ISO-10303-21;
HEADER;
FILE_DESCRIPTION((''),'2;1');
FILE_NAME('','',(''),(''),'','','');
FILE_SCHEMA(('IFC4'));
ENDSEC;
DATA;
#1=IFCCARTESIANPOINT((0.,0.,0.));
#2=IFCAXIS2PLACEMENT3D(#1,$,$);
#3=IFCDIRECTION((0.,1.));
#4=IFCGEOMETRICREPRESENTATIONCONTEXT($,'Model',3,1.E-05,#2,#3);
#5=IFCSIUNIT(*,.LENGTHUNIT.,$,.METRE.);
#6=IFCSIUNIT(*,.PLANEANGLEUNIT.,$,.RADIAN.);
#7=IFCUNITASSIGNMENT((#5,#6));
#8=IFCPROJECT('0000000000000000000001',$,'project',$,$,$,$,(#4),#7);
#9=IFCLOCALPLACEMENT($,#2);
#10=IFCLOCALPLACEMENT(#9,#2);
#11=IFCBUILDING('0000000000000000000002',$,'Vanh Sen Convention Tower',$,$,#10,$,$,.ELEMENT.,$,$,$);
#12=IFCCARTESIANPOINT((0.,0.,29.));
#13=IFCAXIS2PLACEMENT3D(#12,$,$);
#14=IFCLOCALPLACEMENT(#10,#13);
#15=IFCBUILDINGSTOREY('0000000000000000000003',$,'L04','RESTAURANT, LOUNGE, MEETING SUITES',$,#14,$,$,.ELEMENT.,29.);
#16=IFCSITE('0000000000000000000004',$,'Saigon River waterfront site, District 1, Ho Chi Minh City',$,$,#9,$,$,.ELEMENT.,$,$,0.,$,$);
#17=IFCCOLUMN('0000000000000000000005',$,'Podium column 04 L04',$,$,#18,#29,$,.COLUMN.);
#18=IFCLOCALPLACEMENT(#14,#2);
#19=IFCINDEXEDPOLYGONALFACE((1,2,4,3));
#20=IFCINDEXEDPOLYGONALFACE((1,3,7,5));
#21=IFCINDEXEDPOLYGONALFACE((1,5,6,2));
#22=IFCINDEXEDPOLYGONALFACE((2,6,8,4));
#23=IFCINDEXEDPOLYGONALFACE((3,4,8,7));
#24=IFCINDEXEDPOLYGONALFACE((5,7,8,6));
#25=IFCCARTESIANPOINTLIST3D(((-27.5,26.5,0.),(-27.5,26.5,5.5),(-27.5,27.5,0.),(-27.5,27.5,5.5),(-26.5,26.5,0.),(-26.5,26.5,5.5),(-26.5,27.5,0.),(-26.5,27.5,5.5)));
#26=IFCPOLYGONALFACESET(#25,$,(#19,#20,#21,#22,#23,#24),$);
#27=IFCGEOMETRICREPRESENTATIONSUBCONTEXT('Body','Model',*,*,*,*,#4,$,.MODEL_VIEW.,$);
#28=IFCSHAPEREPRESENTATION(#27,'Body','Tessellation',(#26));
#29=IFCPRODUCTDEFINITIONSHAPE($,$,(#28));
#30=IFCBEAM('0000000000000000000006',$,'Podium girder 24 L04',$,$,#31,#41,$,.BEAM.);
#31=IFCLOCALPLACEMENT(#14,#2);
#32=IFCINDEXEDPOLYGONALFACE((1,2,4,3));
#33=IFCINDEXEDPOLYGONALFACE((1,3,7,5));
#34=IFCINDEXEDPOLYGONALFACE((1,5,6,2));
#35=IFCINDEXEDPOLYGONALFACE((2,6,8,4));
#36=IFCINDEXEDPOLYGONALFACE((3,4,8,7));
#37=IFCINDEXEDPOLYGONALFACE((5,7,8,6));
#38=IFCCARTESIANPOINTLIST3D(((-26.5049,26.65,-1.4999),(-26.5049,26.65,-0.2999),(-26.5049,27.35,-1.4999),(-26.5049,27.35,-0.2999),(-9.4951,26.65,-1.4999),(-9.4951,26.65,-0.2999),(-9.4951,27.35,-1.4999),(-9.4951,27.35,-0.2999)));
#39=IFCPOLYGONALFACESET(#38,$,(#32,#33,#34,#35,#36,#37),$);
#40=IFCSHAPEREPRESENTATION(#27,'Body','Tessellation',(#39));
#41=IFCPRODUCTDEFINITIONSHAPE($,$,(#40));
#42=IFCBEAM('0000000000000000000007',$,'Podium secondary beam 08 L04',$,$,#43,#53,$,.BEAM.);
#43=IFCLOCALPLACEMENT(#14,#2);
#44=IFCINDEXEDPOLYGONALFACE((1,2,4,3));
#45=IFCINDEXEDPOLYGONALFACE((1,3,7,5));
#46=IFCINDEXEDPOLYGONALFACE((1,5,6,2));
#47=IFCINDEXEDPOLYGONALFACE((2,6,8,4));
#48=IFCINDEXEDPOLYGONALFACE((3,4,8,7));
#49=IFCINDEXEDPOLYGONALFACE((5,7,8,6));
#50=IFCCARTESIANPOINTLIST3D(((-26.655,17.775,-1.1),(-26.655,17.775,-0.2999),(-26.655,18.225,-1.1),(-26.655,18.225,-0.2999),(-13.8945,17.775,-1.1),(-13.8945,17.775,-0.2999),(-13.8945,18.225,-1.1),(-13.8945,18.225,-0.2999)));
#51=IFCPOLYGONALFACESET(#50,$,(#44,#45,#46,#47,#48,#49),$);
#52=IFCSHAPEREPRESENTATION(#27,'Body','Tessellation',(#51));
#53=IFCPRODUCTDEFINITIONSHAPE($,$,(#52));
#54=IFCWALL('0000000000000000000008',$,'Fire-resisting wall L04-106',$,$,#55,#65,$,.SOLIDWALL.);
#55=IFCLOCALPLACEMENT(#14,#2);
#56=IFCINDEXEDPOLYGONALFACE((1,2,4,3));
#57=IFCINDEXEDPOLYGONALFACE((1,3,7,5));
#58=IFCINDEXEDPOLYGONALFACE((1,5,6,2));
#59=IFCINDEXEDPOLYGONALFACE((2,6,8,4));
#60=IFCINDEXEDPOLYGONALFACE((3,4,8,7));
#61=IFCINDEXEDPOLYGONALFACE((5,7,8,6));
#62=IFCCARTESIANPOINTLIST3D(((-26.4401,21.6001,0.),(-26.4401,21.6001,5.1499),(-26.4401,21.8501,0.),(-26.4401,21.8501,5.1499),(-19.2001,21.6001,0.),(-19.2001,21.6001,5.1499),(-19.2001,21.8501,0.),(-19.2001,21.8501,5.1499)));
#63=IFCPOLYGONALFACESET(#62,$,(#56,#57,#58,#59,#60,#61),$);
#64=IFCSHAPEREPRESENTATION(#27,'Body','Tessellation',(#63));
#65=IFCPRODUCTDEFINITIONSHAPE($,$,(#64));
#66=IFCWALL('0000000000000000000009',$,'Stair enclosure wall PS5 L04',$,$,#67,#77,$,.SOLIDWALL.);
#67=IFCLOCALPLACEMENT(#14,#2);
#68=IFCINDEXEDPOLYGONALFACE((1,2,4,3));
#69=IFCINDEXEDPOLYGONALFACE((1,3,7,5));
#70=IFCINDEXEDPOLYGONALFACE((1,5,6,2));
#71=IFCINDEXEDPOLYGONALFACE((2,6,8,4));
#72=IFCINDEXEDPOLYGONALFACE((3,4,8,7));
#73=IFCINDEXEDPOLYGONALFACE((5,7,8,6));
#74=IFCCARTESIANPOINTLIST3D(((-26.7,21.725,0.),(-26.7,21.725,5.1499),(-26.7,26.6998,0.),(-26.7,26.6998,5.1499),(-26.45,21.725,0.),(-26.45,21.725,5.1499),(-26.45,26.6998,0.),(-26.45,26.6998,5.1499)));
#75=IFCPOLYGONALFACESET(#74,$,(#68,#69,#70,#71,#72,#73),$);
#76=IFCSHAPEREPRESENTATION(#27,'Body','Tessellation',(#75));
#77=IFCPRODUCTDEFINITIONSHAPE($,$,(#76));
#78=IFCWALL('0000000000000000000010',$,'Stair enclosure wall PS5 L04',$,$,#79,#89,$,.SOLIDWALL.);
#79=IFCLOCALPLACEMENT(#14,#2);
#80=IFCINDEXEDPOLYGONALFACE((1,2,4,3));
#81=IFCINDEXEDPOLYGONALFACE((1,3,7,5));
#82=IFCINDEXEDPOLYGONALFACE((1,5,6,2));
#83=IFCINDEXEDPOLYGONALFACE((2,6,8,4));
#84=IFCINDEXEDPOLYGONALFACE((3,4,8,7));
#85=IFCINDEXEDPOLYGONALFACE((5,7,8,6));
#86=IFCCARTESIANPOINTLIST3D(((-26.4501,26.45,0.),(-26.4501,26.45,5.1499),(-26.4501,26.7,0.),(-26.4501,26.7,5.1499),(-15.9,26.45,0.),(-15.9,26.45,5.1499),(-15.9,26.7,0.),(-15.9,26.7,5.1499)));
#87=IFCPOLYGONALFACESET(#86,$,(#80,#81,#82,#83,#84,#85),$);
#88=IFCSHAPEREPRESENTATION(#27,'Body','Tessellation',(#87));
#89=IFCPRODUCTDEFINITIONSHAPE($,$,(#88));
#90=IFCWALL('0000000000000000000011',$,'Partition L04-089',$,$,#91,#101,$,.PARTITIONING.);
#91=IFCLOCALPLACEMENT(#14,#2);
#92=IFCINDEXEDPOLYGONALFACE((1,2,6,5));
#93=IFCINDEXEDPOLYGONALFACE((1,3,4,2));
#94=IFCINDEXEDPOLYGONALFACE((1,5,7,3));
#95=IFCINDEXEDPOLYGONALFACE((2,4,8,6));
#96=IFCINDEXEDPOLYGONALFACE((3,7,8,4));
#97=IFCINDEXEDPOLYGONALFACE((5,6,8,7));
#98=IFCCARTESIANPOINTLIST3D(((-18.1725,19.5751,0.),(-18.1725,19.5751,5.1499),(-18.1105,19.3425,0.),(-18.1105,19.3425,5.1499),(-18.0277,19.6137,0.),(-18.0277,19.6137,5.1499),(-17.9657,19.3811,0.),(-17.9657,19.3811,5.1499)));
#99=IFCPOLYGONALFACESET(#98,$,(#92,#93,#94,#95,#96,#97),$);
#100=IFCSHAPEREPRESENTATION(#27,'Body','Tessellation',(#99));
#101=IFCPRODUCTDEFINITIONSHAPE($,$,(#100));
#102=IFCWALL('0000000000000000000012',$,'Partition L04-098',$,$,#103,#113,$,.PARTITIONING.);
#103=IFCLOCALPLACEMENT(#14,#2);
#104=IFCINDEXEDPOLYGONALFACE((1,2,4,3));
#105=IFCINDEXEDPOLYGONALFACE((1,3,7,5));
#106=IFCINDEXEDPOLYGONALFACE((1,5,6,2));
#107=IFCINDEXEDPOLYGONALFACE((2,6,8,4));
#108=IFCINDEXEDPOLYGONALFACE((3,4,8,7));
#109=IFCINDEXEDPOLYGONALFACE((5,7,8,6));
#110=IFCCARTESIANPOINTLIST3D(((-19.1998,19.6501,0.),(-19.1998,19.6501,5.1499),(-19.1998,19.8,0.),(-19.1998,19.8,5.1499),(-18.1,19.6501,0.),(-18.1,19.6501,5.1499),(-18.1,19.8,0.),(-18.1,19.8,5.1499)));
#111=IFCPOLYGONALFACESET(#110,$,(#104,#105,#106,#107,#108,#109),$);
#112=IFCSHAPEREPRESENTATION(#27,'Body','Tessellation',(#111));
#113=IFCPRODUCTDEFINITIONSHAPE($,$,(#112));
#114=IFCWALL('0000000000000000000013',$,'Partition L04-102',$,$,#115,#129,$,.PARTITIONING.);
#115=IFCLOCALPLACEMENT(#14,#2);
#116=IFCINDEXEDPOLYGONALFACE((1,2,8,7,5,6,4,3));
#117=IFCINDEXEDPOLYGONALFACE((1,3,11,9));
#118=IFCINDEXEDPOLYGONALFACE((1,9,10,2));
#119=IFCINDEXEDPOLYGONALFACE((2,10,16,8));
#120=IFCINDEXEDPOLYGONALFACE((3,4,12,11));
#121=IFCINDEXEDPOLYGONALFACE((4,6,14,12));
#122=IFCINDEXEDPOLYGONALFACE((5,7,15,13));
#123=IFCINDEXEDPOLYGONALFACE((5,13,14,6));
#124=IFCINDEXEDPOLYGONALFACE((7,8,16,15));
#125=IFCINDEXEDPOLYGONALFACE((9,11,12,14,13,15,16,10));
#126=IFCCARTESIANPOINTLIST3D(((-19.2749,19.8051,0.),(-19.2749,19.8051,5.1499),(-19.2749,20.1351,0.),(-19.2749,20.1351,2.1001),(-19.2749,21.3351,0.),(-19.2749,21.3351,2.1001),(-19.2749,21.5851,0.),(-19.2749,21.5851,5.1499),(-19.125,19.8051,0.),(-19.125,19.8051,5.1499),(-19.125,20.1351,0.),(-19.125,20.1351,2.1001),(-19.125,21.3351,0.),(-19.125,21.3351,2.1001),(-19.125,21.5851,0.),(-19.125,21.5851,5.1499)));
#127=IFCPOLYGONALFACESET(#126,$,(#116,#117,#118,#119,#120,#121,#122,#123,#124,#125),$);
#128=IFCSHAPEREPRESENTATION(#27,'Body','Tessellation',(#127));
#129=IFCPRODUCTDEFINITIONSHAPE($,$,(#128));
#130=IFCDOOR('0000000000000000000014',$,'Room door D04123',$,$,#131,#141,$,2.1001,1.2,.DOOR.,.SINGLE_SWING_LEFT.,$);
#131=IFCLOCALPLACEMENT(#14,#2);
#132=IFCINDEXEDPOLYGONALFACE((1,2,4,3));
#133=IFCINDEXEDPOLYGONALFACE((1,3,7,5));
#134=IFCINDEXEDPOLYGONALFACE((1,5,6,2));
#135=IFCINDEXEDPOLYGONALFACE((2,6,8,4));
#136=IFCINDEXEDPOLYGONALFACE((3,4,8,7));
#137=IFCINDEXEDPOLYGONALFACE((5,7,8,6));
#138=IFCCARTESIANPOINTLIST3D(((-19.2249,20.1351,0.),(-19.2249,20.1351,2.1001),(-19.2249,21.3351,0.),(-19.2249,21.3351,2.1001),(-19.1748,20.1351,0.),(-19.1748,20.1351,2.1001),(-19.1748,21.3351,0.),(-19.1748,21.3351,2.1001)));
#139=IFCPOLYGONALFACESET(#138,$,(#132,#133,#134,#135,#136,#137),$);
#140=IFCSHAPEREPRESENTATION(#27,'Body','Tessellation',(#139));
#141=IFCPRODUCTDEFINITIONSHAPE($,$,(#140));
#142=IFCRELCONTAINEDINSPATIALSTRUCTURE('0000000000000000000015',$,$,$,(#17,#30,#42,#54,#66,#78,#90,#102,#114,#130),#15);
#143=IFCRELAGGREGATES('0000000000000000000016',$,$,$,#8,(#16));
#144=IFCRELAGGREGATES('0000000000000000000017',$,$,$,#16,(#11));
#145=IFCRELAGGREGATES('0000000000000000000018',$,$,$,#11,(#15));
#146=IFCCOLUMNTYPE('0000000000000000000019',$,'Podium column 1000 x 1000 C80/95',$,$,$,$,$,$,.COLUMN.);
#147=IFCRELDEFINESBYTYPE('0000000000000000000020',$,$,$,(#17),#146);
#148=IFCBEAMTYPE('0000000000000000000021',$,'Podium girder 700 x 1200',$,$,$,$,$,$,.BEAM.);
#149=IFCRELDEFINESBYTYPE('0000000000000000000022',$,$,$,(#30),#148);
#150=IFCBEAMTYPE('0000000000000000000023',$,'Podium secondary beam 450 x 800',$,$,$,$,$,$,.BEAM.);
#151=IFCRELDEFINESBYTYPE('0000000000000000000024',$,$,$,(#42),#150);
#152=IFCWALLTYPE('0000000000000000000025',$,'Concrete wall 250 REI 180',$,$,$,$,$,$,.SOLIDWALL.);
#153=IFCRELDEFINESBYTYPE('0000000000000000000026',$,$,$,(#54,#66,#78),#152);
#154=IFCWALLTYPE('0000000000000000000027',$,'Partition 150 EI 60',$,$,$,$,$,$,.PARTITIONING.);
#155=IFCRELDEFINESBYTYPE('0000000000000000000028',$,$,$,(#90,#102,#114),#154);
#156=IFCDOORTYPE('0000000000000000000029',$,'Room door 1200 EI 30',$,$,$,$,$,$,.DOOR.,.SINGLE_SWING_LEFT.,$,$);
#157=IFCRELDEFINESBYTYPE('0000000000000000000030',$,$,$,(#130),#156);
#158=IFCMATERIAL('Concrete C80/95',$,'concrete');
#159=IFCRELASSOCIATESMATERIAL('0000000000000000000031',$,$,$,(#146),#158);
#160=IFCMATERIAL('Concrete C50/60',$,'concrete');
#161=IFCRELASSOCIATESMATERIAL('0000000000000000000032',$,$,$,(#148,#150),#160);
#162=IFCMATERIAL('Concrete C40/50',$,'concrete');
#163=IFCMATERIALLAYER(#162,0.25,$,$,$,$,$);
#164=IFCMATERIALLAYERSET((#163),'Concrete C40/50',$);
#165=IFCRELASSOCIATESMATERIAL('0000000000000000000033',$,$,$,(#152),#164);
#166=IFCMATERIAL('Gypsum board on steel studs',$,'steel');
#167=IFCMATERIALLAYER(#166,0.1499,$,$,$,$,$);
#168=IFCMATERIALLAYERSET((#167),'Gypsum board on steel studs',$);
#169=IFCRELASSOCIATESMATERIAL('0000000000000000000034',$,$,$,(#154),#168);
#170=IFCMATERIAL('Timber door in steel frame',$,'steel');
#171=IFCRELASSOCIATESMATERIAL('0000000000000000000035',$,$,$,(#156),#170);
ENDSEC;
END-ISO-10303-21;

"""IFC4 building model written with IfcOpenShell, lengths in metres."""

from ifc_helpers import new_model, si_unit, direction, frame, frame_2d, origin, origin_2d, place, context, subcontext, project, spatial, rectangle, extrude, material, layer, layer_set, material_profile, profile_set, type_object, element, fill, save


model = new_model("IFC4")

# Units and contexts
model_context = context("Model", 3, precision=1e-05, world=origin(), true_north=direction((0.0, 1.0)))
body_context = subcontext(model_context, "Body", "Model", "MODEL_VIEW")
ifc_project = project(units=[si_unit("LENGTHUNIT", "METRE"), si_unit("PLANEANGLEUNIT", "RADIAN")], contexts=[model_context])

# Site, building, storey
site_placement = place(None, origin())
site = spatial("IfcSite", under=ifc_project, at=site_placement, Name="Saigon River waterfront site, District 1, Ho Chi Minh City", CompositionType="ELEMENT", RefElevation=0.0)
building_placement = place(site_placement, origin())
building = spatial("IfcBuilding", under=site, at=building_placement, Name="Vanh Sen Convention Tower", CompositionType="ELEMENT")
storey_placement = place(building_placement, frame((0.0, 0.0, 29.0)))
storey = spatial("IfcBuildingStorey", under=building, at=storey_placement, Name="L04", Description="RESTAURANT, LOUNGE, MEETING SUITES", CompositionType="ELEMENT", Elevation=29.0)

# Column
ifc_material_1 = material(Name="Concrete C80/95", Category="concrete")
ifc_material_profile_1 = material_profile(ifc_material_1, rectangle(XDim=1.0, YDim=1.0, at=origin_2d()), Name="RC 1000X1000")
ifc_profile_set_1 = profile_set([ifc_material_profile_1], Name="Concrete C80/95")
column_type = type_object("IfcColumnType", Name="Podium column 1000 x 1000 C80/95", PredefinedType="COLUMN", material=ifc_profile_set_1)
column_placement = place(storey_placement, frame((-27.0, 27.0, 0.0), z_axis=(0.0, 0.0, 1.0), x_axis=(1.0, 0.0, 0.0)))
element("IfcColumn", 1, at=column_placement, inside=storey, type_object=column_type, Name="Podium column 04 L04", PredefinedType="COLUMN", context=body_context, shape_type="SweptSolid", body=[
    extrude(rectangle(XDim=1.0, YDim=1.0, at=origin_2d()), origin(), (0.0, 0.0, 1.0), 5.5),
])

# Beams
ifc_material_2 = material(Name="Concrete C50/60", Category="concrete")
ifc_material_profile_2 = material_profile(ifc_material_2, rectangle(XDim=0.7, YDim=1.2, at=origin_2d()), Name="RC 700X1200")
ifc_profile_set_2 = profile_set([ifc_material_profile_2], Name="Concrete C50/60")
beam_type_1 = type_object("IfcBeamType", Name="Podium girder 700 x 1200", PredefinedType="BEAM", material=ifc_profile_set_2)
beam_1_placement = place(storey_placement, frame((-26.5049, 27.0, -0.8999), z_axis=(1.0, 0.0, 0.0), x_axis=(0.0, 1.0, 0.0)))
element("IfcBeam", 2, at=beam_1_placement, inside=storey, type_object=beam_type_1, Name="Podium girder 24 L04", PredefinedType="BEAM", context=body_context, shape_type="SweptSolid", body=[
    extrude(rectangle(XDim=0.7, YDim=1.2, at=origin_2d()), origin(), (0.0, 0.0, 1.0), 17.0098),
])
ifc_material_profile_3 = material_profile(ifc_material_2, rectangle(XDim=0.45, YDim=0.8, at=origin_2d()), Name="RC 450X800")
ifc_profile_set_3 = profile_set([ifc_material_profile_3], Name="Concrete C50/60")
beam_type_2 = type_object("IfcBeamType", Name="Podium secondary beam 450 x 800", PredefinedType="BEAM", material=ifc_profile_set_3)
beam_2_placement = place(storey_placement, frame((-26.655, 18.0, -0.7), z_axis=(1.0, 0.0, 0.0), x_axis=(0.0, 1.0, 0.0)))
element("IfcBeam", 3, at=beam_2_placement, inside=storey, type_object=beam_type_2, Name="Podium secondary beam 08 L04", PredefinedType="BEAM", context=body_context, shape_type="SweptSolid", body=[
    extrude(rectangle(XDim=0.45, YDim=0.8, at=origin_2d()), origin(), (0.0, 0.0, 1.0), 12.7605),
])

# Walls
ifc_material_3 = material(Name="Concrete C40/50", Category="concrete")
ifc_layer_1 = layer(ifc_material_3, 0.25)
ifc_layer_set_1 = layer_set([ifc_layer_1], Name="Concrete C40/50")
wall_type_1 = type_object("IfcWallType", Name="Concrete wall 250 REI 180", PredefinedType="SOLIDWALL", material=ifc_layer_set_1)
wall_1_placement = place(storey_placement, frame((-19.2, 21.7251, 0.0), z_axis=(0.0, 0.0, 1.0), x_axis=(-1.0, 0.0, 0.0)))
element("IfcWall", 4, at=wall_1_placement, inside=storey, type_object=wall_type_1, Name="Fire-resisting wall L04-106", PredefinedType="SOLIDWALL", context=body_context, shape_type="SweptSolid", body=[
    extrude(rectangle(XDim=7.24, YDim=0.25, at=frame_2d((3.6201, 0.0))), origin(), (0.0, 0.0, 1.0), 5.1499),
])
wall_2_placement = place(storey_placement, frame((-26.575, 21.7251, 0.0), z_axis=(0.0, 0.0, 1.0), x_axis=(0.0, 1.0, 0.0)))
element("IfcWall", 5, at=wall_2_placement, inside=storey, type_object=wall_type_1, Name="Stair enclosure wall PS5 L04", PredefinedType="SOLIDWALL", context=body_context, shape_type="SweptSolid", body=[
    extrude(rectangle(XDim=4.9749, YDim=0.25, at=frame_2d((2.4873, 0.0))), origin(), (0.0, 0.0, 1.0), 5.1499),
])
wall_3_placement = place(storey_placement, frame((-26.45, 26.575, 0.0), z_axis=(0.0, 0.0, 1.0), x_axis=(1.0, 0.0, 0.0)))
element("IfcWall", 6, at=wall_3_placement, inside=storey, type_object=wall_type_1, Name="Stair enclosure wall PS5 L04", PredefinedType="SOLIDWALL", context=body_context, shape_type="SweptSolid", body=[
    extrude(rectangle(XDim=10.55, YDim=0.25, at=frame_2d((5.2749, 0.0))), origin(), (0.0, 0.0, 1.0), 5.1499),
])
ifc_material_4 = material(Name="Gypsum board on steel studs", Category="steel")
ifc_layer_2 = layer(ifc_material_4, 0.1499)
ifc_layer_set_2 = layer_set([ifc_layer_2], Name="Gypsum board on steel studs")
wall_type_2 = type_object("IfcWallType", Name="Partition 150 EI 60", PredefinedType="PARTITIONING", material=ifc_layer_set_2)
wall_4_placement = place(storey_placement, frame((-18.0381, 19.3618, 0.0), z_axis=(0.0, 0.0, 1.0), x_axis=(-0.257536, 0.966269, 0.0)))
element("IfcWall", 7, at=wall_4_placement, inside=storey, type_object=wall_type_2, Name="Partition L04-089", PredefinedType="PARTITIONING", context=body_context, shape_type="SweptSolid", body=[
    extrude(rectangle(XDim=0.2407, YDim=0.1499, at=frame_2d((0.1204, 0.0))), origin(), (0.0, 0.0, 1.0), 5.1499),
])
wall_5_placement = place(storey_placement, frame((-18.1001, 19.7251, 0.0), z_axis=(0.0, 0.0, 1.0), x_axis=(-1.0, 0.0, 0.0)))
element("IfcWall", 8, at=wall_5_placement, inside=storey, type_object=wall_type_2, Name="Partition L04-098", PredefinedType="PARTITIONING", context=body_context, shape_type="SweptSolid", body=[
    extrude(rectangle(XDim=1.0999, YDim=0.1499, at=frame_2d((0.5498, 0.0))), origin(), (0.0, 0.0, 1.0), 5.1499),
])

# Wall, opening, door
wall_6_placement = place(storey_placement, frame((-19.2, 19.8049, 0.0), z_axis=(0.0, 0.0, 1.0), x_axis=(0.0, 1.0, 0.0)))
wall_6 = element("IfcWall", 9, at=wall_6_placement, inside=storey, type_object=wall_type_2, Name="Partition L04-102", PredefinedType="PARTITIONING", context=body_context, shape_type="SweptSolid", body=[
    extrude(rectangle(XDim=1.78, YDim=0.1499, at=frame_2d((0.8901, 0.0))), origin(), (0.0, 0.0, 1.0), 5.1499),
])
opening_1_placement = place(wall_6_placement, frame((0.3301, 0.0, 0.0)))
opening_1 = element("IfcOpeningElement", 10, at=opening_1_placement, cuts=wall_6, PredefinedType="OPENING", context=body_context, shape_type="SweptSolid", body=[
    extrude(rectangle(XDim=1.2, YDim=2.1001, at=frame_2d((0.6001, 1.05))), frame((0.0, 0.085, 0.0), z_axis=(0.0, -1.0, 0.0), x_axis=(1.0, 0.0, 0.0)), (0.0, 0.0, 1.0), 0.1699),
])
ifc_material_5 = material(Name="Timber door in steel frame", Category="steel")
door_type = type_object("IfcDoorType", Name="Room door 1200 EI 30", OperationType="SINGLE_SWING_LEFT", PredefinedType="DOOR", material=ifc_material_5)
door_placement = place(opening_1_placement, origin())
door = element("IfcDoor", 11, at=door_placement, inside=storey, type_object=door_type, Name="Room door D04123", OperationType="SINGLE_SWING_LEFT", OverallHeight=2.1001, OverallWidth=1.2, PredefinedType="DOOR", context=body_context, shape_type="SweptSolid", body=[
    extrude(rectangle(XDim=1.2, YDim=2.1001, at=frame_2d((0.6001, 1.05))), frame((0.0, 0.0249, 0.0), z_axis=(0.0, -1.0, 0.0), x_axis=(1.0, 0.0, 0.0)), (0.0, 0.0, 1.0), 0.05),
])
fill(opening_1, door)

save(model, "model.ifc")
